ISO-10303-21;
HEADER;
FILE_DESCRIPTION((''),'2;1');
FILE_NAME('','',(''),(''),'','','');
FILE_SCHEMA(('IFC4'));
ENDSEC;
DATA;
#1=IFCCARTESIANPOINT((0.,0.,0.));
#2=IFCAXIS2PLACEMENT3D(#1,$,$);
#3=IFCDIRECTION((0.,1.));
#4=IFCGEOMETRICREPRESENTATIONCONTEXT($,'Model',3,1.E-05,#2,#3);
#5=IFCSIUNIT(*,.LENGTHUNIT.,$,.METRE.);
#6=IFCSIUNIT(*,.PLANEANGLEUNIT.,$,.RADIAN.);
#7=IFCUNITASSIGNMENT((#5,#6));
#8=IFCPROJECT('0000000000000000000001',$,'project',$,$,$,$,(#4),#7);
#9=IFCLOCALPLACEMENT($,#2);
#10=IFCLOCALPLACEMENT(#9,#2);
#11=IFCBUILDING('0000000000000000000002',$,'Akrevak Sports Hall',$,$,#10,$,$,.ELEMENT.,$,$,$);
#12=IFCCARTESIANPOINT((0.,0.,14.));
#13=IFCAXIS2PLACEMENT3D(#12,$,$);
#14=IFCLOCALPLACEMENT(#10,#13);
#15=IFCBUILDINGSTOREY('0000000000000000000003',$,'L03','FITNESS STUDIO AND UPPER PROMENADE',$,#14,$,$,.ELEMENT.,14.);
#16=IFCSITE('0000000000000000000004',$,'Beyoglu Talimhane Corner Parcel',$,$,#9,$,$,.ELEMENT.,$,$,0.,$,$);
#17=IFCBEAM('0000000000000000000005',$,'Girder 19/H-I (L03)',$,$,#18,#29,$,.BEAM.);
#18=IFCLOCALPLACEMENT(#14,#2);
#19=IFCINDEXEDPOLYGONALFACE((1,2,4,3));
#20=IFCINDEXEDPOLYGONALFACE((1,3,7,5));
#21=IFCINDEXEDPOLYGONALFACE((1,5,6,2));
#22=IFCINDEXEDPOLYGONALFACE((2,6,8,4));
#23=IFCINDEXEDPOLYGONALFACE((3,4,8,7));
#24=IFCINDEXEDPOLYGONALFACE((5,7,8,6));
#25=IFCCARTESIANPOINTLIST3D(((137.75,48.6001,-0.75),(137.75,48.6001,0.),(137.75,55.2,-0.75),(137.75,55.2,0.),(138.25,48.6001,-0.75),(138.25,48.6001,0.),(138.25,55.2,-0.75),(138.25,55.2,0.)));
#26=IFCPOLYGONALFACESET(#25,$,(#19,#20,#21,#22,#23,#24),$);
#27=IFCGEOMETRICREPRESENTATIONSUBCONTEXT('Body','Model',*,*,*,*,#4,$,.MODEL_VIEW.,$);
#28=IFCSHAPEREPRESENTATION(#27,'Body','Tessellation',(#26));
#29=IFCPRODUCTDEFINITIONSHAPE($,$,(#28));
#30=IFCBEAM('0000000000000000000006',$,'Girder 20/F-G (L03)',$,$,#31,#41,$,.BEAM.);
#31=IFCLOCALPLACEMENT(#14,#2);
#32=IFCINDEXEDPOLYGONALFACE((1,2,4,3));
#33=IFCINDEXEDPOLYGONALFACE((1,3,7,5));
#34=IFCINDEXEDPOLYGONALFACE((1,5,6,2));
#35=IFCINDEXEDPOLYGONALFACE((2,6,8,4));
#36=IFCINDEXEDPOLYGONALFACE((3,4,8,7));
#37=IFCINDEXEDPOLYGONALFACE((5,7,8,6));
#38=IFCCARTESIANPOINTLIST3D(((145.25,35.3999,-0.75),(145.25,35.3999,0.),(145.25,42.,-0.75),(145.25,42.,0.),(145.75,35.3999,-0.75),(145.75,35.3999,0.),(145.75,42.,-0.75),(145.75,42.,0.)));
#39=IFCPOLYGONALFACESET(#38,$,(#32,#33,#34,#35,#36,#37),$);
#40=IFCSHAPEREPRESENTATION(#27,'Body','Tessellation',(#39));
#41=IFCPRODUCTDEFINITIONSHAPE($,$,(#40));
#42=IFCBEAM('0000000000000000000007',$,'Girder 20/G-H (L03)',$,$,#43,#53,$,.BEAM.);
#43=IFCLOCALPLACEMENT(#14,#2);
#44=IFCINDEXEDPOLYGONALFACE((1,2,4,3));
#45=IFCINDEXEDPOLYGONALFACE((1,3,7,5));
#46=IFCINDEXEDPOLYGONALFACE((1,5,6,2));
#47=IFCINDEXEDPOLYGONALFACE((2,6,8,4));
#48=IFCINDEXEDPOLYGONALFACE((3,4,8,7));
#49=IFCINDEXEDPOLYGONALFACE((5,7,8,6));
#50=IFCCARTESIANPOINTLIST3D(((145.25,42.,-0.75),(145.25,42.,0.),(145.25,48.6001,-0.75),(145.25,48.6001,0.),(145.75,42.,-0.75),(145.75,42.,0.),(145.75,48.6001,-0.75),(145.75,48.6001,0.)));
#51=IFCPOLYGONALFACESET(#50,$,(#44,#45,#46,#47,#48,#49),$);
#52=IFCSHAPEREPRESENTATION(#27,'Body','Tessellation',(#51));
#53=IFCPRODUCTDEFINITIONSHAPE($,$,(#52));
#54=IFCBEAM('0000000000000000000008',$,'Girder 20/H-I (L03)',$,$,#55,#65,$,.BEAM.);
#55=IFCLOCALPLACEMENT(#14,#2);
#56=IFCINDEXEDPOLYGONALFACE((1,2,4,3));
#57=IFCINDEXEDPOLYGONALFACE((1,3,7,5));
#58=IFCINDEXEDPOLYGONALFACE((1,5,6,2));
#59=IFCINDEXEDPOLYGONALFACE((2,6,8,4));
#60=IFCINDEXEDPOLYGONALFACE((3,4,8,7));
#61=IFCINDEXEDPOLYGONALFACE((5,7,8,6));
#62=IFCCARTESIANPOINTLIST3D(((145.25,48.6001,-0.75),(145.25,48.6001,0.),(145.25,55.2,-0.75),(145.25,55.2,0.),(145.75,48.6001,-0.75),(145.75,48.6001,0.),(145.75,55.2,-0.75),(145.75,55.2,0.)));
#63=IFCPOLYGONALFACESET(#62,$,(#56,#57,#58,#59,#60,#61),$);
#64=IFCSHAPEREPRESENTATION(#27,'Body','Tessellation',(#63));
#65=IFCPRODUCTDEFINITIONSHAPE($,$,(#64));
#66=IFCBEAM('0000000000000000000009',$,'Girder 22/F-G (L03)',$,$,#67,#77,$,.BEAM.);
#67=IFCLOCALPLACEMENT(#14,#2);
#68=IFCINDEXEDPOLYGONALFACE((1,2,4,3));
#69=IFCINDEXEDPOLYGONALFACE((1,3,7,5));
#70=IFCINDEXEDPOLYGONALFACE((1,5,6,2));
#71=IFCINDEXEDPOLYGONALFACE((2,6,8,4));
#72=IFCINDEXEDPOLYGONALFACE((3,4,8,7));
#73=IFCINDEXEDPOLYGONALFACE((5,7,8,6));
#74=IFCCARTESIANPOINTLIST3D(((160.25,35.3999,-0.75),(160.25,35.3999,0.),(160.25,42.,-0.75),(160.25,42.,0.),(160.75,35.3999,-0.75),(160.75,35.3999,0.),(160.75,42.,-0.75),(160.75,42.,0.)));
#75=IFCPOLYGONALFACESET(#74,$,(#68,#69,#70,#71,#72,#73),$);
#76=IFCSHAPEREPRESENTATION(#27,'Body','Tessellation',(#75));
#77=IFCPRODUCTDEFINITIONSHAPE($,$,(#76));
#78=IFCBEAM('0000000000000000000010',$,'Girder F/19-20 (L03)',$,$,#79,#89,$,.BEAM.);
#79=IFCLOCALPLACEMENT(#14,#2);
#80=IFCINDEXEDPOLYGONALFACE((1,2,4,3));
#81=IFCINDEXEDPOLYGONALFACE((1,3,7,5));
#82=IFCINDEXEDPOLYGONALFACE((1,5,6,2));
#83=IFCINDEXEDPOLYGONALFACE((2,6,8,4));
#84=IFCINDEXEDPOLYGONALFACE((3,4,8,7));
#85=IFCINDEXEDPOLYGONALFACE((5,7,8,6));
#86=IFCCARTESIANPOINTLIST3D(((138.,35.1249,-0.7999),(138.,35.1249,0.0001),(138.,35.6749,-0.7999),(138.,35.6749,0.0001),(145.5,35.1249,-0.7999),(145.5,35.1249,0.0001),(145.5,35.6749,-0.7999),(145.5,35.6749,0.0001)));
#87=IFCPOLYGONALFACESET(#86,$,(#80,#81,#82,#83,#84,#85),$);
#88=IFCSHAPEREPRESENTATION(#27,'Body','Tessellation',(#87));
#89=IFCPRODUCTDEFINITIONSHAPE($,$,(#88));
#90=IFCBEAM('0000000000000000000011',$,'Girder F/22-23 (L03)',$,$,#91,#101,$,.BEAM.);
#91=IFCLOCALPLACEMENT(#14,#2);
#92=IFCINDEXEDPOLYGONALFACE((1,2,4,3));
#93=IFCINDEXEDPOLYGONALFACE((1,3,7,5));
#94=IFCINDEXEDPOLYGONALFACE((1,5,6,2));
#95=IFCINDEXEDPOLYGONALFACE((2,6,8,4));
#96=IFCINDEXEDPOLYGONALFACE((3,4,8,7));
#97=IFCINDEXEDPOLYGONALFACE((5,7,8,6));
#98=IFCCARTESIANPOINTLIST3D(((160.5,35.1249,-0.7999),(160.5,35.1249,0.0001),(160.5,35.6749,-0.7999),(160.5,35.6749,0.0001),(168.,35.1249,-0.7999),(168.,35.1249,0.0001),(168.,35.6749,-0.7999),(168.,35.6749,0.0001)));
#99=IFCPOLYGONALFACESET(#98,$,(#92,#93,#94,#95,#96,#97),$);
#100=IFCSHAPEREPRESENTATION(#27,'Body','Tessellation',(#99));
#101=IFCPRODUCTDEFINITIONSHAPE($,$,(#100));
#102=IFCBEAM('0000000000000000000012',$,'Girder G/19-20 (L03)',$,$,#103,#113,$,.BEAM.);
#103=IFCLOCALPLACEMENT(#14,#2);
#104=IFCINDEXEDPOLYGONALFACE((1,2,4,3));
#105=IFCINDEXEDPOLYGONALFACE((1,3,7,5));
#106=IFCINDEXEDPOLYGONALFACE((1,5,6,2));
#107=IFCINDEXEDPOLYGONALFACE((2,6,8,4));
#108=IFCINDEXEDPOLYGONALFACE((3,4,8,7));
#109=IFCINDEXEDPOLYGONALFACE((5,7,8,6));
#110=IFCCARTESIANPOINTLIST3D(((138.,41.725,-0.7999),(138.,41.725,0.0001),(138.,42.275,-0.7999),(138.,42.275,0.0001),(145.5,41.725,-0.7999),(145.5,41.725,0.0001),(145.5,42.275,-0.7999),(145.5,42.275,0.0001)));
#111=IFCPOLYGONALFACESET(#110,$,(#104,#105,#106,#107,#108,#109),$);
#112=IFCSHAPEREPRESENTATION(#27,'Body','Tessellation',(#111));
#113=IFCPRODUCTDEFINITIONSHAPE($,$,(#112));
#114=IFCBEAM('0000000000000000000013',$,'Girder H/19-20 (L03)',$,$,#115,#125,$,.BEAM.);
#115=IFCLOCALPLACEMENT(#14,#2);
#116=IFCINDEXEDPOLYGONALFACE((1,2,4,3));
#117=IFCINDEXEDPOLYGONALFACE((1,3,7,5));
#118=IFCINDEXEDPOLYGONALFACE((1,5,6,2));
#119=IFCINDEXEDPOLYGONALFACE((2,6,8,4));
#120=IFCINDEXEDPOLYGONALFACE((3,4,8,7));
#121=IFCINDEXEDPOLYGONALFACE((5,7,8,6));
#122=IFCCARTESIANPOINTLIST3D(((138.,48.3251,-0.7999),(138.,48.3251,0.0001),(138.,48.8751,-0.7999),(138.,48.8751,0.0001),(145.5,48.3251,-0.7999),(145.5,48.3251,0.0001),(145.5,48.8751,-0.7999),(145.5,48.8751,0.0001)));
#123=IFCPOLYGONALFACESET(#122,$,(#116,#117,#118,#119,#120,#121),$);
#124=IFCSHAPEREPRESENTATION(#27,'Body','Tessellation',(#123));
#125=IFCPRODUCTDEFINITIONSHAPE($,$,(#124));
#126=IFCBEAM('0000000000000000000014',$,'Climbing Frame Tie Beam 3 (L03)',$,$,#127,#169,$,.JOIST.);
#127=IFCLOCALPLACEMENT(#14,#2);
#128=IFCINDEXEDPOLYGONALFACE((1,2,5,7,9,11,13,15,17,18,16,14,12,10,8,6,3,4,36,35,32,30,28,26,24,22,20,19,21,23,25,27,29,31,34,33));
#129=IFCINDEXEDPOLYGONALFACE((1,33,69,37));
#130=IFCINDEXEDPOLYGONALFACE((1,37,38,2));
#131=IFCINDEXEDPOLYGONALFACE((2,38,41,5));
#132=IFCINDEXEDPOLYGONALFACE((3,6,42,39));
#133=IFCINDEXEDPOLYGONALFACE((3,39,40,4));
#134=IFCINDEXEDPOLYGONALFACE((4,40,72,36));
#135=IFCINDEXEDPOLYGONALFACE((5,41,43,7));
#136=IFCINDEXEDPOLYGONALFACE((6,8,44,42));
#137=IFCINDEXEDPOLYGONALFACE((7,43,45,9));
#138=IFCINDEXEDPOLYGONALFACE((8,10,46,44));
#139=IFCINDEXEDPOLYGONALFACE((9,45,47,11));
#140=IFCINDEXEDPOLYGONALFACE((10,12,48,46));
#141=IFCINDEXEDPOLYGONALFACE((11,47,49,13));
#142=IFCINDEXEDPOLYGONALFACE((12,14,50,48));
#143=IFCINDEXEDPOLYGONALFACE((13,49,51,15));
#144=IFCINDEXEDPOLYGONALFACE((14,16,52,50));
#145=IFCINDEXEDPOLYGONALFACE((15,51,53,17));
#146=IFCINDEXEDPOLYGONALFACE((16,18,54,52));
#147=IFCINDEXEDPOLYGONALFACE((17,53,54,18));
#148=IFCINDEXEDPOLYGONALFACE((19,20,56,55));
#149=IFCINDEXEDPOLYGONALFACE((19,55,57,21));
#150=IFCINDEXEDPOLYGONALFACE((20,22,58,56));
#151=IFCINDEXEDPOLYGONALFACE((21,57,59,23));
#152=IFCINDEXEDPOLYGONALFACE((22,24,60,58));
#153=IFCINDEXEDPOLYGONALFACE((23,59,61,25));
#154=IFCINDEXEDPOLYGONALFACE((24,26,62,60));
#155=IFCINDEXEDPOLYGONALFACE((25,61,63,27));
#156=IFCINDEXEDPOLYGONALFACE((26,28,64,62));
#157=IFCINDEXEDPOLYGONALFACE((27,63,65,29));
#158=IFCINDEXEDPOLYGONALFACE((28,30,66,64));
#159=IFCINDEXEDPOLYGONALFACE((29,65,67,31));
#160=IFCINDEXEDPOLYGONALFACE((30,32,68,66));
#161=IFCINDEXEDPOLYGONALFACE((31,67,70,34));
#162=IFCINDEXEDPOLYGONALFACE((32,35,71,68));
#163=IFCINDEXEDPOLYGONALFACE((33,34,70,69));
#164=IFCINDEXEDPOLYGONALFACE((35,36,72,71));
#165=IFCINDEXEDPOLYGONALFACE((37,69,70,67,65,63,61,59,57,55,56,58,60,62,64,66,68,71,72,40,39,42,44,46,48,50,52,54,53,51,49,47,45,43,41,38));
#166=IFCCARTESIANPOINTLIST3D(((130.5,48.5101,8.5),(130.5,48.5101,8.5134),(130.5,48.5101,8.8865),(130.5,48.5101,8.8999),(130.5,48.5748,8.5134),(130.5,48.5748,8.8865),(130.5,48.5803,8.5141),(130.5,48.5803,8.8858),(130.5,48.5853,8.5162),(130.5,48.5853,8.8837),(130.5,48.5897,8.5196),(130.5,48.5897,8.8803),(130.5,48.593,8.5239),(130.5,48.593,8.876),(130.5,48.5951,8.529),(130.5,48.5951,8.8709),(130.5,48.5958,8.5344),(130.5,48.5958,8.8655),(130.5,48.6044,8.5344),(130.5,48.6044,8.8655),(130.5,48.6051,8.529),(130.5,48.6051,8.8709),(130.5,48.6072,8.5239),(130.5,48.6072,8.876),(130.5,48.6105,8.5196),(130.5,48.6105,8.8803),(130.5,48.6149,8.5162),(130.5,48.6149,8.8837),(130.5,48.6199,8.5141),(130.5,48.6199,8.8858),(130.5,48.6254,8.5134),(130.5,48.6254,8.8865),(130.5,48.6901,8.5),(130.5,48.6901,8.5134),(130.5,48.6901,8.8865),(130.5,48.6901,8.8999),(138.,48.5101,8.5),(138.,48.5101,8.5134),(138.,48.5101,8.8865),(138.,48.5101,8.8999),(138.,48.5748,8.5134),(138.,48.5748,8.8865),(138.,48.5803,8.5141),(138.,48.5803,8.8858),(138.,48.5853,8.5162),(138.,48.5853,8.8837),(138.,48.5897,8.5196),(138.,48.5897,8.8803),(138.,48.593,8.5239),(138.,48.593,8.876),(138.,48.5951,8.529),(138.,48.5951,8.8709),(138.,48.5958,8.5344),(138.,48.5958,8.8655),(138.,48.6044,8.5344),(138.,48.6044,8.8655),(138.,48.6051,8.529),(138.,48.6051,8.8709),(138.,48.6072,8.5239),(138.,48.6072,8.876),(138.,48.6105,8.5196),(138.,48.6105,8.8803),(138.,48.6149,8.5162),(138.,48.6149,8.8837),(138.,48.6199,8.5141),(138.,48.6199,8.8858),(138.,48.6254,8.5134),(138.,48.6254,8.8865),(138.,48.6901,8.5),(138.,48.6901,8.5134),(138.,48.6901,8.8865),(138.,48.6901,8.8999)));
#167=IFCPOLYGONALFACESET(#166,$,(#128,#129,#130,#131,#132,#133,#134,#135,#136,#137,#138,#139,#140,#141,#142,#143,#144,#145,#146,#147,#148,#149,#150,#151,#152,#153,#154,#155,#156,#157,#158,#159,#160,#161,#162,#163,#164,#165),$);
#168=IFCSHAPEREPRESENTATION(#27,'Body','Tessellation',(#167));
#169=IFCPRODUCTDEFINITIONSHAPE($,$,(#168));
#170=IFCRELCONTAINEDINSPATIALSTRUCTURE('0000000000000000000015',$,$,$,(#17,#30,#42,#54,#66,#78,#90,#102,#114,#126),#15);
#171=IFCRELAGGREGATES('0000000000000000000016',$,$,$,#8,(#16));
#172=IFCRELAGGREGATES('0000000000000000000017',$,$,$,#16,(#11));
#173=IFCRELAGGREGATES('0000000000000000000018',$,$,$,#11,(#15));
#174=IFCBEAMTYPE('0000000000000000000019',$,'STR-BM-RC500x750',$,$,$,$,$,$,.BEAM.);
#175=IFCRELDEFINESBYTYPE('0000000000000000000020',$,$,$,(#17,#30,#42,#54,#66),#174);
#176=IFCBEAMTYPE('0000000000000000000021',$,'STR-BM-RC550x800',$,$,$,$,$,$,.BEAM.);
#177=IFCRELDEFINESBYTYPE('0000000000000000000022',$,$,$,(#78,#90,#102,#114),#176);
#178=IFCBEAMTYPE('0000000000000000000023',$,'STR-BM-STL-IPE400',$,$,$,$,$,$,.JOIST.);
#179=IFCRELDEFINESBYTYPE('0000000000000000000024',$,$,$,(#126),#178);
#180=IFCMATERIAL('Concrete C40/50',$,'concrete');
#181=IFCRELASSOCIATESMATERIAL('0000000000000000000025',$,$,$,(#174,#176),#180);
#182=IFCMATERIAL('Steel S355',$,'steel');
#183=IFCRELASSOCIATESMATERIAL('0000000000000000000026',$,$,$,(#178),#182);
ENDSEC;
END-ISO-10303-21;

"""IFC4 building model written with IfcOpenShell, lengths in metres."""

from ifc_helpers import new_model, si_unit, direction, frame, origin, origin_2d, place, context, subcontext, project, spatial, rectangle, i_section, extrude, material, material_profile, profile_set, type_object, element, save


model = new_model("IFC4")

# Units and contexts
model_context = context("Model", 3, precision=1e-05, world=origin(), true_north=direction((0.0, 1.0)))
body_context = subcontext(model_context, "Body", "Model", "MODEL_VIEW")
ifc_project = project(units=[si_unit("LENGTHUNIT", "METRE"), si_unit("PLANEANGLEUNIT", "RADIAN")], contexts=[model_context])

# Site, building, storey
site_placement = place(None, origin())
site = spatial("IfcSite", under=ifc_project, at=site_placement, Name="Beyoglu Talimhane Corner Parcel", CompositionType="ELEMENT", RefElevation=0.0)
building_placement = place(site_placement, origin())
building = spatial("IfcBuilding", under=site, at=building_placement, Name="Akrevak Sports Hall", CompositionType="ELEMENT")
storey_placement = place(building_placement, frame((0.0, 0.0, 14.0)))
storey = spatial("IfcBuildingStorey", under=building, at=storey_placement, Name="L03", Description="FITNESS STUDIO AND UPPER PROMENADE", CompositionType="ELEMENT", Elevation=14.0)

# Shared definitions
ifc_material_1 = material(Name="Concrete C40/50", Category="concrete")
ifc_material_2 = material(Name="Steel S355", Category="steel")

# Beams
ifc_material_profile_1 = material_profile(ifc_material_1, rectangle(XDim=0.5, YDim=0.75, at=origin_2d()), Name="BM 500x750", Category="concrete")
ifc_profile_set_1 = profile_set([ifc_material_profile_1], Name="Concrete C40/50")
beam_type_1 = type_object("IfcBeamType", Name="STR-BM-RC500x750", PredefinedType="BEAM", material=ifc_profile_set_1)
beam_1_placement = place(storey_placement, frame((138.0, 48.6001, -0.375), z_axis=(0.0, 1.0, 0.0), x_axis=(-1.0, 0.0, 0.0)))
element("IfcBeam", 1, at=beam_1_placement, inside=storey, type_object=beam_type_1, Name="Girder 19/H-I (L03)", PredefinedType="BEAM", context=body_context, shape_type="SweptSolid", body=[
    extrude(rectangle(XDim=0.5, YDim=0.75, at=origin_2d()), origin(), (0.0, 0.0, 1.0), 6.5999),
])
for number, where, z_axis, x_axis, name in (
    (2, (145.5, 35.3999, -0.375), (0.0, 1.0, 0.0), (-1.0, 0.0, 0.0), "Girder 20/F-G (L03)"),
    (3, (145.5, 42.0, -0.375), (0.0, 1.0, 0.0), (-1.0, 0.0, 0.0), "Girder 20/G-H (L03)"),
):
    element("IfcBeam", number, at=place(storey_placement, frame(where, z_axis=z_axis, x_axis=x_axis)), inside=storey, type_object=beam_type_1, Name=name, PredefinedType="BEAM", context=body_context, shape_type="SweptSolid", body=[
        extrude(rectangle(XDim=0.5, YDim=0.75, at=origin_2d()), origin(), (0.0, 0.0, 1.0), 6.6001),
    ])
beam_2_placement = place(storey_placement, frame((145.5, 48.6001, -0.375), z_axis=(0.0, 1.0, 0.0), x_axis=(-1.0, 0.0, 0.0)))
element("IfcBeam", 4, at=beam_2_placement, inside=storey, type_object=beam_type_1, Name="Girder 20/H-I (L03)", PredefinedType="BEAM", context=body_context, shape_type="SweptSolid", body=[
    extrude(rectangle(XDim=0.5, YDim=0.75, at=origin_2d()), origin(), (0.0, 0.0, 1.0), 6.5999),
])
beam_3_placement = place(storey_placement, frame((160.5, 35.3999, -0.375), z_axis=(0.0, 1.0, 0.0), x_axis=(-1.0, 0.0, 0.0)))
element("IfcBeam", 5, at=beam_3_placement, inside=storey, type_object=beam_type_1, Name="Girder 22/F-G (L03)", PredefinedType="BEAM", context=body_context, shape_type="SweptSolid", body=[
    extrude(rectangle(XDim=0.5, YDim=0.75, at=origin_2d()), origin(), (0.0, 0.0, 1.0), 6.6001),
])
ifc_material_profile_2 = material_profile(ifc_material_1, rectangle(XDim=0.55, YDim=0.8, at=origin_2d()), Name="BM 550x800", Category="concrete")
ifc_profile_set_2 = profile_set([ifc_material_profile_2], Name="Concrete C40/50")
beam_type_2 = type_object("IfcBeamType", Name="STR-BM-RC550x800", PredefinedType="BEAM", material=ifc_profile_set_2)
for number, where, z_axis, x_axis, name in (
    (6, (138.0, 35.3999, -0.3999), (1.0, 0.0, 0.0), (0.0, 1.0, 0.0), "Girder F/19-20 (L03)"),
    (7, (160.5, 35.3999, -0.3999), (1.0, 0.0, 0.0), (0.0, 1.0, 0.0), "Girder F/22-23 (L03)"),
    (8, (138.0, 42.0, -0.3999), (1.0, 0.0, 0.0), (0.0, 1.0, 0.0), "Girder G/19-20 (L03)"),
    (9, (138.0, 48.6001, -0.3999), (1.0, 0.0, 0.0), (0.0, 1.0, 0.0), "Girder H/19-20 (L03)"),
):
    element("IfcBeam", number, at=place(storey_placement, frame(where, z_axis=z_axis, x_axis=x_axis)), inside=storey, type_object=beam_type_2, Name=name, PredefinedType="BEAM", context=body_context, shape_type="SweptSolid", body=[
        extrude(rectangle(XDim=0.55, YDim=0.8, at=origin_2d()), origin(), (0.0, 0.0, 1.0), 7.5),
    ])
ifc_material_profile_3 = material_profile(ifc_material_2, i_section(OverallWidth=0.1799, OverallDepth=0.3999, WebThickness=0.0085, FlangeThickness=0.0134, FilletRadius=0.021, at=origin_2d()), Name="IPE 400", Category="steel")
ifc_profile_set_3 = profile_set([ifc_material_profile_3], Name="Steel S355")
beam_type_3 = type_object("IfcBeamType", Name="STR-BM-STL-IPE400", PredefinedType="JOIST", material=ifc_profile_set_3)
beam_4_placement = place(storey_placement, frame((130.5, 48.6001, 8.7), z_axis=(1.0, 0.0, 0.0), x_axis=(0.0, 1.0, 0.0)))
element("IfcBeam", 10, at=beam_4_placement, inside=storey, type_object=beam_type_3, Name="Climbing Frame Tie Beam 3 (L03)", PredefinedType="JOIST", context=body_context, shape_type="SweptSolid", body=[
    extrude(i_section(OverallWidth=0.1799, OverallDepth=0.3999, WebThickness=0.0085, FlangeThickness=0.0134, FilletRadius=0.021, at=origin_2d()), origin(), (0.0, 0.0, 1.0), 7.5),
])

save(model, "model.ifc")
